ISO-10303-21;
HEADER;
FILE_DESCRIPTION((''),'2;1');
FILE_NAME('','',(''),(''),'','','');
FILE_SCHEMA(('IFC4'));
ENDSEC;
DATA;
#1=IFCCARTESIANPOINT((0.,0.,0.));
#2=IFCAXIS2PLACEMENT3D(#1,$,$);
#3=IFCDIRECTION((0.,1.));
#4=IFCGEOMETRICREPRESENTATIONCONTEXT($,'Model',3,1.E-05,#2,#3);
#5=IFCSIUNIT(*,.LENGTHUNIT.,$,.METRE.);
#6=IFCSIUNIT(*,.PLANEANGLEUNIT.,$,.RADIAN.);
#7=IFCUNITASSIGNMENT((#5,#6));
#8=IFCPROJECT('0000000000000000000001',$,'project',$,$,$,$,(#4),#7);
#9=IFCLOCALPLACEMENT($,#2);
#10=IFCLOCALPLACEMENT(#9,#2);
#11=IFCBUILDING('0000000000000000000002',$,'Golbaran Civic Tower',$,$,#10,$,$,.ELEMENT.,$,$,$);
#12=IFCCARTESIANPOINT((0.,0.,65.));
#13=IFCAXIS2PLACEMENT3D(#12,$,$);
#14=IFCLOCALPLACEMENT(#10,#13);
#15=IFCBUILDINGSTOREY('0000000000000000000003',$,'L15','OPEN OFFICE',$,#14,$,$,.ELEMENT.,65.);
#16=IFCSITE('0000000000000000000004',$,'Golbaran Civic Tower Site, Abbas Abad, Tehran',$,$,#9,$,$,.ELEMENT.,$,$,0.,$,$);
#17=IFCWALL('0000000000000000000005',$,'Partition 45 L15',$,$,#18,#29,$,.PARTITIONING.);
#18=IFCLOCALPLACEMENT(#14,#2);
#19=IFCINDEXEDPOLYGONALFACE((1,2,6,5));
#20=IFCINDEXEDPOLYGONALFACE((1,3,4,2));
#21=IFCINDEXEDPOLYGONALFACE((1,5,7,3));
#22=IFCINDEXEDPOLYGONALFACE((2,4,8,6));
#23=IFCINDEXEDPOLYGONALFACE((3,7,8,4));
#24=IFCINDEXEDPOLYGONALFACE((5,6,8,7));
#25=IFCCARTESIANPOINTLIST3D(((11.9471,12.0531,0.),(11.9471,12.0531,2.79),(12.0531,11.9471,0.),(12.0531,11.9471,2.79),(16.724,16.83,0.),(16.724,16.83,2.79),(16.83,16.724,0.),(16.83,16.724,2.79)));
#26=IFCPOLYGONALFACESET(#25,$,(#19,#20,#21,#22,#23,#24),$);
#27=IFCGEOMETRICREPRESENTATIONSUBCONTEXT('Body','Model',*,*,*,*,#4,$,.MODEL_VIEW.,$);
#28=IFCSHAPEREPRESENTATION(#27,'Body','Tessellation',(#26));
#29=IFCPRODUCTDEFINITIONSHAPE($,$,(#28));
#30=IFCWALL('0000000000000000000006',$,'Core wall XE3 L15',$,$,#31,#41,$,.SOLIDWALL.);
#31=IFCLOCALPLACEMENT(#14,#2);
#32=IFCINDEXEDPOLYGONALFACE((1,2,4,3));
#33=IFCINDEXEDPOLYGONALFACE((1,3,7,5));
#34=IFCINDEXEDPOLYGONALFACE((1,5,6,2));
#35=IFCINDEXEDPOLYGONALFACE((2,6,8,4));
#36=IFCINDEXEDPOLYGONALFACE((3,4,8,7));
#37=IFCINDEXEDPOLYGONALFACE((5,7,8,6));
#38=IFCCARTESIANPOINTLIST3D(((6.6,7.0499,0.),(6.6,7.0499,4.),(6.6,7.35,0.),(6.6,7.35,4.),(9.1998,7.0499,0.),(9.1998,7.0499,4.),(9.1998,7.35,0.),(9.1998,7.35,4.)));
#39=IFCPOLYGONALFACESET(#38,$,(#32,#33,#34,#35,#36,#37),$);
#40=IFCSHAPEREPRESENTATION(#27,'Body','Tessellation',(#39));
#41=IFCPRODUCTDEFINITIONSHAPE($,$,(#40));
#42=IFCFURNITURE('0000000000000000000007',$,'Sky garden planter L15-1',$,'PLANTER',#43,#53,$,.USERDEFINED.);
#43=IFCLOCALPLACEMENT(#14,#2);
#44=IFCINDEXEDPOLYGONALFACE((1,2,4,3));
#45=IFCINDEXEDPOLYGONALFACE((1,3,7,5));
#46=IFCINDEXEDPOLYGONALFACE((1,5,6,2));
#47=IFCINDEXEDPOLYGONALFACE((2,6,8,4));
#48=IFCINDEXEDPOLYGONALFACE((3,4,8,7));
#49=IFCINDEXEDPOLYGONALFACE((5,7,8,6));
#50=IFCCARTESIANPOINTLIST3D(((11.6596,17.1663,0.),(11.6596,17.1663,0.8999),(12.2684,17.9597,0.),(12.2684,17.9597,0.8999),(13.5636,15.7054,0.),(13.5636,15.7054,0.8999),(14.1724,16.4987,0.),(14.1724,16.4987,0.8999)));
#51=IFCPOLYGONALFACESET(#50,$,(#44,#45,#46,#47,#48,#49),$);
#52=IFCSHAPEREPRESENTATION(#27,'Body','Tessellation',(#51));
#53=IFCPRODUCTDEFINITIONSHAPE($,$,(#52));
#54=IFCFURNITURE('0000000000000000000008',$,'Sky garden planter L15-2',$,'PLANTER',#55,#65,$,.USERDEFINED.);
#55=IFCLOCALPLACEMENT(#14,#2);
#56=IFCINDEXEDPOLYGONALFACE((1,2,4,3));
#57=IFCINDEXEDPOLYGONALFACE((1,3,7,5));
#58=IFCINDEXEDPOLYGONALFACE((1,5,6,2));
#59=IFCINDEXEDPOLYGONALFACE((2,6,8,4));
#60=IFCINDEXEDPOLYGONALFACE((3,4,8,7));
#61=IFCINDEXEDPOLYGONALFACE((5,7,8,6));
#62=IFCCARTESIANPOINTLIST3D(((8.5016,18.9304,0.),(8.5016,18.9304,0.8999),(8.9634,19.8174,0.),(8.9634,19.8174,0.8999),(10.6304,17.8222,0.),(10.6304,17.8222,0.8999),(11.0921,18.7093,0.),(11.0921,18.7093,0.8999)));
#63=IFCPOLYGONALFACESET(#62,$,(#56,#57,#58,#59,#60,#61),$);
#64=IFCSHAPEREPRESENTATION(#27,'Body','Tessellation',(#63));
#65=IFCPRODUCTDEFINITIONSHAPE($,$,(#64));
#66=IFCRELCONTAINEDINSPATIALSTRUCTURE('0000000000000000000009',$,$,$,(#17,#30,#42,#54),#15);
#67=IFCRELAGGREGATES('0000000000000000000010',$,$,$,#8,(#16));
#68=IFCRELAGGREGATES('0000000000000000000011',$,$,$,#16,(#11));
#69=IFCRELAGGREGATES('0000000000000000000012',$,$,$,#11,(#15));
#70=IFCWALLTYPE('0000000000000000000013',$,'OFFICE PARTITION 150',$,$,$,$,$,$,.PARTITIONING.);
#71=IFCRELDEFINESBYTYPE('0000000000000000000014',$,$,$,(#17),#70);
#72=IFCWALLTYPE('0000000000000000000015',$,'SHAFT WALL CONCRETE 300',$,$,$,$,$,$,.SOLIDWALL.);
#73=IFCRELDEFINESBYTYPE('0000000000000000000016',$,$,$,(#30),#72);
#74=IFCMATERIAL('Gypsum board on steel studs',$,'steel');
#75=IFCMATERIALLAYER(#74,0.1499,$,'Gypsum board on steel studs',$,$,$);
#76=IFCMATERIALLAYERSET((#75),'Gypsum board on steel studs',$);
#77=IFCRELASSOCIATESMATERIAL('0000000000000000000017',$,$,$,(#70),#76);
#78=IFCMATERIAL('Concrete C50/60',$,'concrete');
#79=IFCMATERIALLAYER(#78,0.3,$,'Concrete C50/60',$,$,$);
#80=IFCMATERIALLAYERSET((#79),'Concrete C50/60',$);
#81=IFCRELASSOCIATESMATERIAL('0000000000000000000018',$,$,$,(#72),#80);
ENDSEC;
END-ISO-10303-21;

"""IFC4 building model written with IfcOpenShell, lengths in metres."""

from ifc_helpers import new_model, si_unit, direction, frame, frame_2d, origin, origin_2d, place, context, subcontext, project, spatial, rectangle, extrude, material, layer, layer_set, type_object, element, save


model = new_model("IFC4")

# Units and contexts
model_context = context("Model", 3, precision=1e-05, world=origin(), true_north=direction((0.0, 1.0)))
body_context = subcontext(model_context, "Body", "Model", "MODEL_VIEW")
ifc_project = project(units=[si_unit("LENGTHUNIT", "METRE"), si_unit("PLANEANGLEUNIT", "RADIAN")], contexts=[model_context])

# Site, building, storey
site_placement = place(None, origin())
site = spatial("IfcSite", under=ifc_project, at=site_placement, Name="Golbaran Civic Tower Site, Abbas Abad, Tehran", CompositionType="ELEMENT", RefElevation=0.0)
building_placement = place(site_placement, origin())
building = spatial("IfcBuilding", under=site, at=building_placement, Name="Golbaran Civic Tower", CompositionType="ELEMENT")
storey_placement = place(building_placement, frame((0.0, 0.0, 65.0)))
storey = spatial("IfcBuildingStorey", under=building, at=storey_placement, Name="L15", Description="OPEN OFFICE", CompositionType="ELEMENT", Elevation=65.0)

# Walls
ifc_material_1 = material(Name="Gypsum board on steel studs", Category="steel")
ifc_layer_1 = layer(ifc_material_1, 0.1499, Name="Gypsum board on steel studs")
ifc_layer_set_1 = layer_set([ifc_layer_1], Name="Gypsum board on steel studs")
wall_type_1 = type_object("IfcWallType", Name="OFFICE PARTITION 150", PredefinedType="PARTITIONING", material=ifc_layer_set_1)
wall_1_placement = place(storey_placement, frame((12.0, 12.0, 0.0), z_axis=(0.0, 0.0, 1.0), x_axis=(0.707107, 0.707107, 0.0)))
element("IfcWall", 1, at=wall_1_placement, inside=storey, type_object=wall_type_1, Name="Partition 45 L15", PredefinedType="PARTITIONING", context=body_context, shape_type="SweptSolid", body=[
    extrude(rectangle(XDim=6.7556, YDim=0.1499, at=frame_2d((3.3779, 0.0))), origin(), (0.0, 0.0, 1.0), 2.79),
])
ifc_material_2 = material(Name="Concrete C50/60", Category="concrete")
ifc_layer_2 = layer(ifc_material_2, 0.3, Name="Concrete C50/60")
ifc_layer_set_2 = layer_set([ifc_layer_2], Name="Concrete C50/60")
wall_type_2 = type_object("IfcWallType", Name="SHAFT WALL CONCRETE 300", PredefinedType="SOLIDWALL", material=ifc_layer_set_2)
wall_2_placement = place(storey_placement, frame((6.6001, 7.2, 0.0), z_axis=(0.0, 0.0, 1.0), x_axis=(1.0, 0.0, 0.0)))
element("IfcWall", 2, at=wall_2_placement, inside=storey, type_object=wall_type_2, Name="Core wall XE3 L15", PredefinedType="SOLIDWALL", context=body_context, shape_type="SweptSolid", body=[
    extrude(rectangle(XDim=2.5999, YDim=0.3, at=frame_2d((1.2998, 0.0))), origin(), (0.0, 0.0, 1.0), 4.0),
])

# Furniture
for number, where, z_axis, x_axis, name in (
    (3, (12.916, 16.8325, 0.0), (0.0, 0.0, 1.0), (-0.793353, 0.608761, 0.0), "Sky garden planter L15-1"),
    (4, (9.7969, 18.8198, 0.0), (0.0, 0.0, 1.0), (-0.887011, 0.461749, 0.0), "Sky garden planter L15-2"),
):
    element("IfcFurniture", number, at=place(storey_placement, frame(where, z_axis=z_axis, x_axis=x_axis)), inside=storey, Name=name, ObjectType="PLANTER", PredefinedType="USERDEFINED", context=body_context, shape_type="SweptSolid", body=[
        extrude(rectangle(XDim=2.3999, YDim=1.0, at=origin_2d()), origin(), (0.0, 0.0, 1.0), 0.8999),
    ])

save(model, "model.ifc")
